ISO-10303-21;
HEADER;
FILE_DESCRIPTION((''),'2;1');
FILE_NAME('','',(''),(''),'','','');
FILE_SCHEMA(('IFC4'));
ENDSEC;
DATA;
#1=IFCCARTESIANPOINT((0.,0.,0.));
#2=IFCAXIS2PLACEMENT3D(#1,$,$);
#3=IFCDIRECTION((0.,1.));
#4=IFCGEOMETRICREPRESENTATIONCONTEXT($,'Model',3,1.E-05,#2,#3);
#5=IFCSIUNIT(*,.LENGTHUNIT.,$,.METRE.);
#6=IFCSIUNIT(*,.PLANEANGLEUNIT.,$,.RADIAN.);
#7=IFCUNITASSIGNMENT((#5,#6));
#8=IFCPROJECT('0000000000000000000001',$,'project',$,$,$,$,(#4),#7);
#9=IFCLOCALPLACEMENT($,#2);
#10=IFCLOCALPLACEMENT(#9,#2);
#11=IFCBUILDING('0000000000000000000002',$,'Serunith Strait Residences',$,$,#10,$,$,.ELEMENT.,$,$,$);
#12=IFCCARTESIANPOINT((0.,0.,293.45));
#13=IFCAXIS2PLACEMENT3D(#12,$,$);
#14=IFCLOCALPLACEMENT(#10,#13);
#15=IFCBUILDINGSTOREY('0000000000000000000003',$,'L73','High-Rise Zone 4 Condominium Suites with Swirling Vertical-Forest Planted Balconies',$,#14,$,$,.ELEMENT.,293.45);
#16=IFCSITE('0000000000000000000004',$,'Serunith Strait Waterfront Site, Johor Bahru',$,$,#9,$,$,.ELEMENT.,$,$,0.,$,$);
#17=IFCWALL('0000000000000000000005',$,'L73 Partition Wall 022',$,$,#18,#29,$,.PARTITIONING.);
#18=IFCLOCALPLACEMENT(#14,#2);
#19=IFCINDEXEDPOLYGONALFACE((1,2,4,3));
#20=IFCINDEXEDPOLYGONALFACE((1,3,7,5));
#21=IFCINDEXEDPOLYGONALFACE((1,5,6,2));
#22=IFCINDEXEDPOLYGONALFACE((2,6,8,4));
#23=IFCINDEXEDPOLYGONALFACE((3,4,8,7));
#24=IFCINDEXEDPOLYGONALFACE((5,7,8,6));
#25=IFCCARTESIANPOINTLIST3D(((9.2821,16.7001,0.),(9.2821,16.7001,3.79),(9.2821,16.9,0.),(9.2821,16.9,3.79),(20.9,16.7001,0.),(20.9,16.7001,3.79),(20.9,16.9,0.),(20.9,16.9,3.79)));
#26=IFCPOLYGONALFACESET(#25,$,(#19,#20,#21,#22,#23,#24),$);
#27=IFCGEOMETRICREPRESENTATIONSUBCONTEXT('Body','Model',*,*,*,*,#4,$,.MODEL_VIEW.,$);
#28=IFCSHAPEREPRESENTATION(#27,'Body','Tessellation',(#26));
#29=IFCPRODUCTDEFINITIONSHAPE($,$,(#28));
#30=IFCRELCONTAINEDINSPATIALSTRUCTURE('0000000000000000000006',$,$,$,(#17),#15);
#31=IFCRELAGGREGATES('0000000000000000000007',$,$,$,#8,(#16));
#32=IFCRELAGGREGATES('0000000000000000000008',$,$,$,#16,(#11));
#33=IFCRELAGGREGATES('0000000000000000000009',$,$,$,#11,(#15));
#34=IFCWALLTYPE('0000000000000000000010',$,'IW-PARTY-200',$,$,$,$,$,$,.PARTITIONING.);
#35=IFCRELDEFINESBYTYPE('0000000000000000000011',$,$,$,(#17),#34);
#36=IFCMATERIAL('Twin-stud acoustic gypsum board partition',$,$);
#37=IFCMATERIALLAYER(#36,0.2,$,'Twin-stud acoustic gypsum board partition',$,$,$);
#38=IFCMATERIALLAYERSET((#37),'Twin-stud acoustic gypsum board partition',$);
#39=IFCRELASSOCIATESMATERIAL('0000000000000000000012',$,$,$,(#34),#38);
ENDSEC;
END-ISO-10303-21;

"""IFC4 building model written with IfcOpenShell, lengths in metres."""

from ifc_helpers import new_model, si_unit, direction, frame, frame_2d, origin, place, context, subcontext, project, spatial, rectangle, extrude, material, layer, layer_set, type_object, element, save


model = new_model("IFC4")

# Units and contexts
model_context = context("Model", 3, precision=1e-05, world=origin(), true_north=direction((0.0, 1.0)))
body_context = subcontext(model_context, "Body", "Model", "MODEL_VIEW")
ifc_project = project(units=[si_unit("LENGTHUNIT", "METRE"), si_unit("PLANEANGLEUNIT", "RADIAN")], contexts=[model_context])

# Site, building, storey
site_placement = place(None, origin())
site = spatial("IfcSite", under=ifc_project, at=site_placement, Name="Serunith Strait Waterfront Site, Johor Bahru", CompositionType="ELEMENT", RefElevation=0.0)
building_placement = place(site_placement, origin())
building = spatial("IfcBuilding", under=site, at=building_placement, Name="Serunith Strait Residences", CompositionType="ELEMENT")
storey_placement = place(building_placement, frame((0.0, 0.0, 293.45)))
storey = spatial("IfcBuildingStorey", under=building, at=storey_placement, Name="L73", Description="High-Rise Zone 4 Condominium Suites with Swirling Vertical-Forest Planted Balconies", CompositionType="ELEMENT", Elevation=293.45)

# Wall
ifc_material_1 = material(Name="Twin-stud acoustic gypsum board partition")
ifc_layer_1 = layer(ifc_material_1, 0.2, Name="Twin-stud acoustic gypsum board partition")
ifc_layer_set_1 = layer_set([ifc_layer_1], Name="Twin-stud acoustic gypsum board partition")
wall_type_1 = type_object("IfcWallType", Name="IW-PARTY-200", PredefinedType="PARTITIONING", material=ifc_layer_set_1)
wall_1_placement = place(storey_placement, frame((9.282, 16.8, 0.0), z_axis=(0.0, 0.0, 1.0), x_axis=(1.0, 0.0, 0.0)))
element("IfcWall", 1, at=wall_1_placement, inside=storey, type_object=wall_type_1, Name="L73 Partition Wall 022", PredefinedType="PARTITIONING", context=body_context, shape_type="SweptSolid", body=[
    extrude(rectangle(XDim=11.6179, YDim=0.2, at=frame_2d((5.8091, 0.0))), origin(), (0.0, 0.0, 1.0), 3.79),
])

save(model, "model.ifc")
